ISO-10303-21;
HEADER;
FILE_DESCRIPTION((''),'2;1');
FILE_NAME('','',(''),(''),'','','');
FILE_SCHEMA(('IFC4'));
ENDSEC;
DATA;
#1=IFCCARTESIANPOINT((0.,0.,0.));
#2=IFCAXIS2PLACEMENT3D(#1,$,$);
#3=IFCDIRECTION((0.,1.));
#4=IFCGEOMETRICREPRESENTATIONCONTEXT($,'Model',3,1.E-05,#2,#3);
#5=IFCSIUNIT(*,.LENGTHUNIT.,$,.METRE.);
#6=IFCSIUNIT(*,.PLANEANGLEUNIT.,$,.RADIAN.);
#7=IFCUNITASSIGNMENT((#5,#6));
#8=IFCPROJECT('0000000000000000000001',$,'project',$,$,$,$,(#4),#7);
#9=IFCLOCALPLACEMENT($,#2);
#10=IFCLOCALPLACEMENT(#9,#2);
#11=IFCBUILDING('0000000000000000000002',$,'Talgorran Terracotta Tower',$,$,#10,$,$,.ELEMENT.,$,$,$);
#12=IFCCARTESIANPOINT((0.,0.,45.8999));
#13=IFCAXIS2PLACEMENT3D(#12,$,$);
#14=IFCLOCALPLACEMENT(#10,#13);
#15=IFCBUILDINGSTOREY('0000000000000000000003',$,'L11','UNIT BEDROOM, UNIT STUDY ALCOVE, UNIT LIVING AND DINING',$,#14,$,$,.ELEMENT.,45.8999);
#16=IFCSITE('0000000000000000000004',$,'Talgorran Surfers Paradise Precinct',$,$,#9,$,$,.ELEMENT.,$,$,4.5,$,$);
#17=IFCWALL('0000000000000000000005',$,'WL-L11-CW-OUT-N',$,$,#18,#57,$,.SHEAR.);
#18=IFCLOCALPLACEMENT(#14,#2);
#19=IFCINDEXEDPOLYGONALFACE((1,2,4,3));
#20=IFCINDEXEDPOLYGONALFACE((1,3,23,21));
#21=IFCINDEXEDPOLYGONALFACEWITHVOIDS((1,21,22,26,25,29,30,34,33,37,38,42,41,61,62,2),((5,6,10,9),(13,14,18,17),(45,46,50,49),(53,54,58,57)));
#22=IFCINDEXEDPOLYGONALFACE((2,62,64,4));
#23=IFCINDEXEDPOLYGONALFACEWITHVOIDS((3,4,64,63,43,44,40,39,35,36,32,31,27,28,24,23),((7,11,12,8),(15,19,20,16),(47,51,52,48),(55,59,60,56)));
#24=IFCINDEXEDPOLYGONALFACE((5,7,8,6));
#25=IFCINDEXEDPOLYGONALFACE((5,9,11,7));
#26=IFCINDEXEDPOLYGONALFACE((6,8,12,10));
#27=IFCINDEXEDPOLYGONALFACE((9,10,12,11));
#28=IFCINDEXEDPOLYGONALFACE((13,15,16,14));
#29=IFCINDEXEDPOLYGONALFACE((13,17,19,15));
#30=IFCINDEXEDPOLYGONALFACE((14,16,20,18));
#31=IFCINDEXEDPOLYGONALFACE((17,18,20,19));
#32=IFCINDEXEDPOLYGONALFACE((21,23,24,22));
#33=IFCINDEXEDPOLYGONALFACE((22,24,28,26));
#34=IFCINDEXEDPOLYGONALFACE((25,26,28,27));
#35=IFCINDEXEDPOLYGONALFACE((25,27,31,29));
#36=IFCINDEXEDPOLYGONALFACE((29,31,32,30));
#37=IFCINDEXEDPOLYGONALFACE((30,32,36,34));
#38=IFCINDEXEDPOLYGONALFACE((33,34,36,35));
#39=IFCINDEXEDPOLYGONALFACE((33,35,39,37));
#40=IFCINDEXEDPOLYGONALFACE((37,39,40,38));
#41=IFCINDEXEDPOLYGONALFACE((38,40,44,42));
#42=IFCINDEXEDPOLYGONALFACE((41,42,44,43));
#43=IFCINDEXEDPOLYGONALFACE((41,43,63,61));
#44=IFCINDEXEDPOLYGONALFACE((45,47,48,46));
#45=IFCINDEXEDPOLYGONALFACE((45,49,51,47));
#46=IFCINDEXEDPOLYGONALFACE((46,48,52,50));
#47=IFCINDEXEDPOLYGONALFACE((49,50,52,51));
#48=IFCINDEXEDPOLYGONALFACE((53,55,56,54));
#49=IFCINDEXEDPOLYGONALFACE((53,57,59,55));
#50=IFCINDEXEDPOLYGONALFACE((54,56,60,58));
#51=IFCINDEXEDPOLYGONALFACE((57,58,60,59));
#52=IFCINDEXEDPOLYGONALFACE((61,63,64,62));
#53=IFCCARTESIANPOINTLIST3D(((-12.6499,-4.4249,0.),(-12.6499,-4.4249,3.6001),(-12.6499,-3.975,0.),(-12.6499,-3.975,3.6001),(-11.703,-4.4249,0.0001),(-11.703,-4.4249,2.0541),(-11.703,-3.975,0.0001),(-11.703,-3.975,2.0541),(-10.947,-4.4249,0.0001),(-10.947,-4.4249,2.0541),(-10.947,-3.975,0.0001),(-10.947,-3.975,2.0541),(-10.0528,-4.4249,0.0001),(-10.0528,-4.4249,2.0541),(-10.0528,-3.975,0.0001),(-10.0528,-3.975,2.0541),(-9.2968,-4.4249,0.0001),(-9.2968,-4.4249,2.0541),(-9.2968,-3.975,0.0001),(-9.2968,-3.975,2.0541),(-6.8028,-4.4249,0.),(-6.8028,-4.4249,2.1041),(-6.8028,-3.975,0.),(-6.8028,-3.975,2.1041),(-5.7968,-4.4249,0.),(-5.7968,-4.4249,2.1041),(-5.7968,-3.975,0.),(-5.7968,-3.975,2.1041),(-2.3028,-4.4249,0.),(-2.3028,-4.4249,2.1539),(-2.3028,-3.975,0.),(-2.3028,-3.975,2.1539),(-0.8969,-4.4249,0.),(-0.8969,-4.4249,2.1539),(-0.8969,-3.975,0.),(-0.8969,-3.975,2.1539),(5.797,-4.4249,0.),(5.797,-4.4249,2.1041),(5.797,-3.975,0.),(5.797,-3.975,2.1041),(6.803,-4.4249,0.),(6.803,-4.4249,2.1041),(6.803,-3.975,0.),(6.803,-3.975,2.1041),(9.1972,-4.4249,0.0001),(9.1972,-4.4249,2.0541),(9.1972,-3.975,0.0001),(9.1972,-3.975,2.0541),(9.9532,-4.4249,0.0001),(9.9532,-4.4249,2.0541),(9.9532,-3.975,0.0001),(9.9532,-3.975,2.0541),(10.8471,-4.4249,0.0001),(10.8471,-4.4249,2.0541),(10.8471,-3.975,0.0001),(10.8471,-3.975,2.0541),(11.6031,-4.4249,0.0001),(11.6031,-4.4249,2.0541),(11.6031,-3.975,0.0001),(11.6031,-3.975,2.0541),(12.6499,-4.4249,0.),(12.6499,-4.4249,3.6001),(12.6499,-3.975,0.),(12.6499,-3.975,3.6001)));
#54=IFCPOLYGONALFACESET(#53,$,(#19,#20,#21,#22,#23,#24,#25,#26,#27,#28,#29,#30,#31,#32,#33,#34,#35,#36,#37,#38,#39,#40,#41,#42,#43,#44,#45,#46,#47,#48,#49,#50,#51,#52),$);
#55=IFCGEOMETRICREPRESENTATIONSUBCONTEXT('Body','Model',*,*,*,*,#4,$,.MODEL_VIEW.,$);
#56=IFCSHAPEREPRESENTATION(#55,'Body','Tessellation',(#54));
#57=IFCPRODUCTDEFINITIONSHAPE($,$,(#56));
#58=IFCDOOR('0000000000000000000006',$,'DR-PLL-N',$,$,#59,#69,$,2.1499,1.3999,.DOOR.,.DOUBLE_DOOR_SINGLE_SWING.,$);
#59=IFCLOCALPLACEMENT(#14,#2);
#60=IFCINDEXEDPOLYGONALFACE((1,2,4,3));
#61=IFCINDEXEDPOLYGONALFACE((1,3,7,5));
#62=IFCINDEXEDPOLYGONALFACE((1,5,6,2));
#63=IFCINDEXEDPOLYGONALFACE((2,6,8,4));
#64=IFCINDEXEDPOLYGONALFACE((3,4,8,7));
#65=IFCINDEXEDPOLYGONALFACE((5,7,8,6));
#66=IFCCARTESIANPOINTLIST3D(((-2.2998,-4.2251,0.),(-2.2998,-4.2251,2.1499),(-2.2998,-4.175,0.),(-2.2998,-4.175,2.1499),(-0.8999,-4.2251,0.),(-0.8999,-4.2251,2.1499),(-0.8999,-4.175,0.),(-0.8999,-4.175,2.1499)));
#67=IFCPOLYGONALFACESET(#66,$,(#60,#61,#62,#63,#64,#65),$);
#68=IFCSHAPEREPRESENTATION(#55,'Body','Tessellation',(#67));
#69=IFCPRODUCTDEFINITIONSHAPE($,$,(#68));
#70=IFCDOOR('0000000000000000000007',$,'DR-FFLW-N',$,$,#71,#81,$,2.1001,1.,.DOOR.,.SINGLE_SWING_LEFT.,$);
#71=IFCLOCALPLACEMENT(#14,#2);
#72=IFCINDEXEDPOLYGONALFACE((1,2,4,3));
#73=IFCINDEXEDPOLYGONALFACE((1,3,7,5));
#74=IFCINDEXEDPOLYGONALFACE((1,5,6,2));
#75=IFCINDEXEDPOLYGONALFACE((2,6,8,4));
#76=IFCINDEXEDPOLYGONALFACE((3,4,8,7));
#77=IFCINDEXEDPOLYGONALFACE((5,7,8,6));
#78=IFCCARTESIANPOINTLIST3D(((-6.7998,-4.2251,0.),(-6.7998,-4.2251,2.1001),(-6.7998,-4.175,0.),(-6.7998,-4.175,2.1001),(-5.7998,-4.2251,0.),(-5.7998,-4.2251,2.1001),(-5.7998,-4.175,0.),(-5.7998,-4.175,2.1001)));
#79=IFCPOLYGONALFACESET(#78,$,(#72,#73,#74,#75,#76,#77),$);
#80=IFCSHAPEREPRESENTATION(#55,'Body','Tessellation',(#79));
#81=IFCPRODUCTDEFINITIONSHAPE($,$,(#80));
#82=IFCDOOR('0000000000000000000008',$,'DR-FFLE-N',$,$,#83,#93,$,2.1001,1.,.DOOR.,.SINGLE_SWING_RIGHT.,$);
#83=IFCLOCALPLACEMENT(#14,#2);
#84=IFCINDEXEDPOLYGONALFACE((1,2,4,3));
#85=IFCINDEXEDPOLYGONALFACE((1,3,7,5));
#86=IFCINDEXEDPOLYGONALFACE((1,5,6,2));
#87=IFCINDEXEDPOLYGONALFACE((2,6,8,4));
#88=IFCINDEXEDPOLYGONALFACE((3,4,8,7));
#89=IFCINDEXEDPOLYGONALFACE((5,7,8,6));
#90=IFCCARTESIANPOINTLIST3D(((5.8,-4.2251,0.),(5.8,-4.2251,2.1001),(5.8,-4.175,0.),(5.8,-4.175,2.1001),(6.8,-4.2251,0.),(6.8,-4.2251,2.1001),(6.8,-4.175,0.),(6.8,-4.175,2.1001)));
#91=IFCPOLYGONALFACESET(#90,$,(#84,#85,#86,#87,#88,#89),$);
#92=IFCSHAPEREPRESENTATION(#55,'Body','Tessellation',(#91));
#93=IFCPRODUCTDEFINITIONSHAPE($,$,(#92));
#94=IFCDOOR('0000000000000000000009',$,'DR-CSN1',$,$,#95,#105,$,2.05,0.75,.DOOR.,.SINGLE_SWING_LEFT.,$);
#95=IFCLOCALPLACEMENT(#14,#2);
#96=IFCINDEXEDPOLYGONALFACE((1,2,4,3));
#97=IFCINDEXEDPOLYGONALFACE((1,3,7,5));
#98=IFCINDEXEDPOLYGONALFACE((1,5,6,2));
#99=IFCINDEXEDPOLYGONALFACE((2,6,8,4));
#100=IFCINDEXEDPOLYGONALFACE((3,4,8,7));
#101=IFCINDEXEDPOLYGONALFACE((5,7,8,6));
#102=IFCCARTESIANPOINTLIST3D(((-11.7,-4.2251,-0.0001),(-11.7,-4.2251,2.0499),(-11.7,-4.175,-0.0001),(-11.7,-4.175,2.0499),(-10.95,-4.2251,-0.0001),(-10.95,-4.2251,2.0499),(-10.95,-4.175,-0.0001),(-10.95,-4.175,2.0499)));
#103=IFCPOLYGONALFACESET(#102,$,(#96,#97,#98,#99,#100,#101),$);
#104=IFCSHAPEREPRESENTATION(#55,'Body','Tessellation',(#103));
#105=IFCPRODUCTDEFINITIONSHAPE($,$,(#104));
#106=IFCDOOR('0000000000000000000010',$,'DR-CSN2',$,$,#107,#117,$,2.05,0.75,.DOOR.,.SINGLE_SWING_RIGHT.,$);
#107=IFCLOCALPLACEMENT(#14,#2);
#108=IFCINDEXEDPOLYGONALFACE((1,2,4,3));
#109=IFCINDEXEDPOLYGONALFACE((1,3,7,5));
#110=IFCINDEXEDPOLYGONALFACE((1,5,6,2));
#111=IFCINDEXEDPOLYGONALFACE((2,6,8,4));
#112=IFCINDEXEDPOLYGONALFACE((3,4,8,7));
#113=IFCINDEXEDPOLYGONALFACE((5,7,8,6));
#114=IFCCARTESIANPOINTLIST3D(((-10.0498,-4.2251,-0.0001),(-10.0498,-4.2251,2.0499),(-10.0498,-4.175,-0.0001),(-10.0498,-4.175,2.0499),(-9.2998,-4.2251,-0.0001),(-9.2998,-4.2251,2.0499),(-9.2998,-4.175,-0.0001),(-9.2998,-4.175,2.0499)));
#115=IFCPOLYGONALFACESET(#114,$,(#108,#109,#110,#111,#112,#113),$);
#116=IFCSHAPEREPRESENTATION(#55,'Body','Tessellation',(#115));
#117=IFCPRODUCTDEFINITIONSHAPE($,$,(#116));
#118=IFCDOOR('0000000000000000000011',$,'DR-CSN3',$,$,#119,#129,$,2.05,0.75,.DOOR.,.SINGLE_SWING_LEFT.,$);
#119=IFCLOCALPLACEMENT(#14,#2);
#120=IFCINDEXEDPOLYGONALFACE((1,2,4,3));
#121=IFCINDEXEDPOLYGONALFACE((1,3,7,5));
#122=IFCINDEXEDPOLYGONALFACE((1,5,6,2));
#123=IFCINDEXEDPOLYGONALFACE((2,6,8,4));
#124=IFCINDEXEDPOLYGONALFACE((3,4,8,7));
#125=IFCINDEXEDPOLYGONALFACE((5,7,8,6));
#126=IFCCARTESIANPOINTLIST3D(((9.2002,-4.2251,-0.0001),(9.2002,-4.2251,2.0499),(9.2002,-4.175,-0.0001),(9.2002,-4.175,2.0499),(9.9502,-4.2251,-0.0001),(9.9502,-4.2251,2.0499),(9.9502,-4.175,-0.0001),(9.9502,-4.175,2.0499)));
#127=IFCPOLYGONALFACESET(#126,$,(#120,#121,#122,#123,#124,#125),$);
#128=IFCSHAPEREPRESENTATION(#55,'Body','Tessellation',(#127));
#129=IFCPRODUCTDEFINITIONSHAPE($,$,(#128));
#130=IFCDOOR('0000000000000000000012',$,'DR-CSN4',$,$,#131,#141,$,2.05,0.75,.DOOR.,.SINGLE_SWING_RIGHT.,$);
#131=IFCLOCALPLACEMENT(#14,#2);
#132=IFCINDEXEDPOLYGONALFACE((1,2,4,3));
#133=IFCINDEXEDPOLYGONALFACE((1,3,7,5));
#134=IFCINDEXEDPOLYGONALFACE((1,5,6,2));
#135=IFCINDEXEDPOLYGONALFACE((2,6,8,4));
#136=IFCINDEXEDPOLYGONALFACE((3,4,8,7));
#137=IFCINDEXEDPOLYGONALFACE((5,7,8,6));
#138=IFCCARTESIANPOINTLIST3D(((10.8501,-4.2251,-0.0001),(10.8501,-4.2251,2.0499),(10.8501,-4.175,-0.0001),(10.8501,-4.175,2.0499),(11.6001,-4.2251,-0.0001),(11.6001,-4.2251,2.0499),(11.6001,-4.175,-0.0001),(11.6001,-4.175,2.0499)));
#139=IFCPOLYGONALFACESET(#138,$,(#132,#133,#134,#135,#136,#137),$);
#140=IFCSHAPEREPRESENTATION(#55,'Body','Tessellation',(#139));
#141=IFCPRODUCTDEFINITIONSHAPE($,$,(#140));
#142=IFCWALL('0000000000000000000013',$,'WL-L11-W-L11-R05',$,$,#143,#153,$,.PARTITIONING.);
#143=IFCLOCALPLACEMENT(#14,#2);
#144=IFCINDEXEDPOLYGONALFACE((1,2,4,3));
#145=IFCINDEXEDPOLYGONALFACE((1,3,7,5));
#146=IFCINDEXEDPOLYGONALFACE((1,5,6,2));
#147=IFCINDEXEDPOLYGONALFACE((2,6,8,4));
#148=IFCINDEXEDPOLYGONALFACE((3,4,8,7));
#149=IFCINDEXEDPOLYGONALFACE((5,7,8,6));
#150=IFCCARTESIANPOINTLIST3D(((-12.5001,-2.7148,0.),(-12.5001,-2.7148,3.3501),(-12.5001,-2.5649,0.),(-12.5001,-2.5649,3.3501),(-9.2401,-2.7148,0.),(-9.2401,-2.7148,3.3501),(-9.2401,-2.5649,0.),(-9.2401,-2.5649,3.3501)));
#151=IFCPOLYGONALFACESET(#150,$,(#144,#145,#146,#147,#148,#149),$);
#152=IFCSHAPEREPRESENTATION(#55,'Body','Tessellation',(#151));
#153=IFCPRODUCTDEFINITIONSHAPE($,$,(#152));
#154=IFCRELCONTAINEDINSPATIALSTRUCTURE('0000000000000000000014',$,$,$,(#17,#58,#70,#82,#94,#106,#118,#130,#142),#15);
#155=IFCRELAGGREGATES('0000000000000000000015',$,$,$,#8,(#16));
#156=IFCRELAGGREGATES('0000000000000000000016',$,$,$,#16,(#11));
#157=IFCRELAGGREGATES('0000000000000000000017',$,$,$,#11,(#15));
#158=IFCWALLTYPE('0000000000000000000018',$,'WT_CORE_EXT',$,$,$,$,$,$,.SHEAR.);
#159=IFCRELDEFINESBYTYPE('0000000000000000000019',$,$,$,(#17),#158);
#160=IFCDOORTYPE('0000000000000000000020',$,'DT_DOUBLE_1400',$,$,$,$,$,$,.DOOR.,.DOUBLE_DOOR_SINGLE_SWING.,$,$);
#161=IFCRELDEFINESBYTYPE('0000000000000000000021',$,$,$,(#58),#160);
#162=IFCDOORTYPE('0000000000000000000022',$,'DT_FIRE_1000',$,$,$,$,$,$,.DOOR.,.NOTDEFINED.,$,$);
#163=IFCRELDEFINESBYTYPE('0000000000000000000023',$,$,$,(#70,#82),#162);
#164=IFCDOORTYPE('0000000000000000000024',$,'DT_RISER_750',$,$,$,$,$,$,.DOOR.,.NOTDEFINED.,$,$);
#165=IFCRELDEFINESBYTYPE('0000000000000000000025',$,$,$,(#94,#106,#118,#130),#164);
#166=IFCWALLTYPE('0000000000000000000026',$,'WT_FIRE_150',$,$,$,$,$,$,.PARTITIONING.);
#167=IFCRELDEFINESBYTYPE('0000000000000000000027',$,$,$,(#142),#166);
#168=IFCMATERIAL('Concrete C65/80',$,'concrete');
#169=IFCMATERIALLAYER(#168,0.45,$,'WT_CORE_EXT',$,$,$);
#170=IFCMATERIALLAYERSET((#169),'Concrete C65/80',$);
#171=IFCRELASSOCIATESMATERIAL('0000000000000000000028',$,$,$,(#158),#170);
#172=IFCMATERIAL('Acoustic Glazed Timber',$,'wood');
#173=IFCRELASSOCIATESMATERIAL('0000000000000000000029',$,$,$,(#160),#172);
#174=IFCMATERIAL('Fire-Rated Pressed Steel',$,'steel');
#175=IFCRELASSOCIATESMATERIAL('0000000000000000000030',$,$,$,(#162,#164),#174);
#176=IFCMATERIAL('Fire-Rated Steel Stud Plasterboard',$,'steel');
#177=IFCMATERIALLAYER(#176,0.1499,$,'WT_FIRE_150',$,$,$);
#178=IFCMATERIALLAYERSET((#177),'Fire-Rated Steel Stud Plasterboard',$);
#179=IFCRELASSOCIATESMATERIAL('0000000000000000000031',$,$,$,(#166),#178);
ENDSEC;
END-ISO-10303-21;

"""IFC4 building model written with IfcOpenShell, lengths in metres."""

from ifc_helpers import new_model, si_unit, direction, frame, frame_2d, origin, place, context, subcontext, project, spatial, rectangle, extrude, material, layer, layer_set, type_object, element, fill, save


model = new_model("IFC4")

# Units and contexts
model_context = context("Model", 3, precision=1e-05, world=origin(), true_north=direction((0.0, 1.0)))
body_context = subcontext(model_context, "Body", "Model", "MODEL_VIEW")
ifc_project = project(units=[si_unit("LENGTHUNIT", "METRE"), si_unit("PLANEANGLEUNIT", "RADIAN")], contexts=[model_context])

# Site, building, storey
site_placement = place(None, origin())
site = spatial("IfcSite", under=ifc_project, at=site_placement, Name="Talgorran Surfers Paradise Precinct", CompositionType="ELEMENT", RefElevation=4.5)
building_placement = place(site_placement, origin())
building = spatial("IfcBuilding", under=site, at=building_placement, Name="Talgorran Terracotta Tower", CompositionType="ELEMENT")
storey_placement = place(building_placement, frame((0.0, 0.0, 45.8999)))
storey = spatial("IfcBuildingStorey", under=building, at=storey_placement, Name="L11", Description="UNIT BEDROOM, UNIT STUDY ALCOVE, UNIT LIVING AND DINING", CompositionType="ELEMENT", Elevation=45.8999)

# Wall, openings, doors
ifc_material_1 = material(Name="Concrete C65/80", Category="concrete")
ifc_layer_1 = layer(ifc_material_1, 0.45, Name="WT_CORE_EXT")
ifc_layer_set_1 = layer_set([ifc_layer_1], Name="Concrete C65/80")
wall_type_1 = type_object("IfcWallType", Name="WT_CORE_EXT", PredefinedType="SHEAR", material=ifc_layer_set_1)
wall_1_placement = place(storey_placement, frame((-12.6499, -4.2, 0.0), z_axis=(0.0, 0.0, 1.0), x_axis=(1.0, 0.0, 0.0)))
wall_1 = element("IfcWall", 1, at=wall_1_placement, inside=storey, type_object=wall_type_1, Name="WL-L11-CW-OUT-N", PredefinedType="SHEAR", context=body_context, shape_type="SweptSolid", body=[
    extrude(rectangle(XDim=25.2998, YDim=0.45, at=frame_2d((12.6499, 0.0))), origin(), (0.0, 0.0, 1.0), 3.6001),
])
opening_1_placement = place(wall_1_placement, frame((0.95, 0.0, 0.0)))
opening_1 = element("IfcOpeningElement", 2, at=opening_1_placement, cuts=wall_1, PredefinedType="OPENING", context=body_context, shape_type="SweptSolid", body=[
    extrude(rectangle(XDim=0.756, YDim=2.054, at=frame_2d((0.375, 1.0271))), frame((0.0, 0.2349, 0.0), z_axis=(0.0, -1.0, 0.0), x_axis=(1.0, 0.0, 0.0)), (0.0, 0.0, 1.0), 0.47),
])
opening_2_placement = place(wall_1_placement, frame((2.6001, 0.0, 0.0)))
opening_2 = element("IfcOpeningElement", 3, at=opening_2_placement, cuts=wall_1, PredefinedType="OPENING", context=body_context, shape_type="SweptSolid", body=[
    extrude(rectangle(XDim=0.756, YDim=2.054, at=frame_2d((0.375, 1.0271))), frame((0.0, 0.2349, 0.0), z_axis=(0.0, -1.0, 0.0), x_axis=(1.0, 0.0, 0.0)), (0.0, 0.0, 1.0), 0.47),
])
opening_3_placement = place(wall_1_placement, frame((21.8501, 0.0, 0.0)))
opening_3 = element("IfcOpeningElement", 4, at=opening_3_placement, cuts=wall_1, PredefinedType="OPENING", context=body_context, shape_type="SweptSolid", body=[
    extrude(rectangle(XDim=0.756, YDim=2.054, at=frame_2d((0.375, 1.0271))), frame((0.0, 0.2349, 0.0), z_axis=(0.0, -1.0, 0.0), x_axis=(1.0, 0.0, 0.0)), (0.0, 0.0, 1.0), 0.47),
])
opening_4_placement = place(wall_1_placement, frame((23.5, 0.0, 0.0)))
opening_4 = element("IfcOpeningElement", 5, at=opening_4_placement, cuts=wall_1, PredefinedType="OPENING", context=body_context, shape_type="SweptSolid", body=[
    extrude(rectangle(XDim=0.756, YDim=2.054, at=frame_2d((0.375, 1.0271))), frame((0.0, 0.2349, 0.0), z_axis=(0.0, -1.0, 0.0), x_axis=(1.0, 0.0, 0.0)), (0.0, 0.0, 1.0), 0.47),
])
opening_5_placement = place(wall_1_placement, frame((5.8501, 0.0, 0.0)))
opening_5 = element("IfcOpeningElement", 6, at=opening_5_placement, cuts=wall_1, PredefinedType="OPENING", context=body_context, shape_type="SweptSolid", body=[
    extrude(rectangle(XDim=1.006, YDim=2.1041, at=frame_2d((0.5, 1.052))), frame((0.0, 0.2349, 0.0), z_axis=(0.0, -1.0, 0.0), x_axis=(1.0, 0.0, 0.0)), (0.0, 0.0, 1.0), 0.47),
])
opening_6_placement = place(wall_1_placement, frame((10.3501, 0.0, 0.0)))
opening_6 = element("IfcOpeningElement", 7, at=opening_6_placement, cuts=wall_1, PredefinedType="OPENING", context=body_context, shape_type="SweptSolid", body=[
    extrude(rectangle(XDim=1.4059, YDim=2.1539, at=frame_2d((0.7, 1.0769))), frame((0.0, 0.2349, 0.0), z_axis=(0.0, -1.0, 0.0), x_axis=(1.0, 0.0, 0.0)), (0.0, 0.0, 1.0), 0.47),
])
opening_7_placement = place(wall_1_placement, frame((18.45, 0.0, 0.0)))
opening_7 = element("IfcOpeningElement", 8, at=opening_7_placement, cuts=wall_1, PredefinedType="OPENING", context=body_context, shape_type="SweptSolid", body=[
    extrude(rectangle(XDim=1.006, YDim=2.1041, at=frame_2d((0.5, 1.052))), frame((0.0, 0.2349, 0.0), z_axis=(0.0, -1.0, 0.0), x_axis=(1.0, 0.0, 0.0)), (0.0, 0.0, 1.0), 0.47),
])
ifc_material_2 = material(Name="Acoustic Glazed Timber", Category="wood")
door_type_1 = type_object("IfcDoorType", Name="DT_DOUBLE_1400", OperationType="DOUBLE_DOOR_SINGLE_SWING", PredefinedType="DOOR", material=ifc_material_2)
door_1_placement = place(opening_6_placement, origin())
door_1 = element("IfcDoor", 9, at=door_1_placement, inside=storey, type_object=door_type_1, Name="DR-PLL-N", OperationType="DOUBLE_DOOR_SINGLE_SWING", OverallHeight=2.1499, OverallWidth=1.3999, PredefinedType="DOOR", context=body_context, shape_type="SweptSolid", body=[
    extrude(rectangle(XDim=1.3999, YDim=2.1499, at=frame_2d((0.7, 1.075))), frame((0.0, 0.0249, 0.0), z_axis=(0.0, -1.0, 0.0), x_axis=(1.0, 0.0, 0.0)), (0.0, 0.0, 1.0), 0.05),
])
fill(opening_6, door_1)
ifc_material_3 = material(Name="Fire-Rated Pressed Steel", Category="steel")
door_type_2 = type_object("IfcDoorType", Name="DT_FIRE_1000", OperationType="NOTDEFINED", PredefinedType="DOOR", material=ifc_material_3)
door_2_placement = place(opening_5_placement, origin())
door_2 = element("IfcDoor", 10, at=door_2_placement, inside=storey, type_object=door_type_2, Name="DR-FFLW-N", OperationType="SINGLE_SWING_LEFT", OverallHeight=2.1001, OverallWidth=1.0, PredefinedType="DOOR", context=body_context, shape_type="SweptSolid", body=[
    extrude(rectangle(XDim=1.0, YDim=2.1001, at=frame_2d((0.5, 1.05))), frame((0.0, 0.0249, 0.0), z_axis=(0.0, -1.0, 0.0), x_axis=(1.0, 0.0, 0.0)), (0.0, 0.0, 1.0), 0.05),
])
fill(opening_5, door_2)
door_3_placement = place(opening_7_placement, origin())
door_3 = element("IfcDoor", 11, at=door_3_placement, inside=storey, type_object=door_type_2, Name="DR-FFLE-N", OperationType="SINGLE_SWING_RIGHT", OverallHeight=2.1001, OverallWidth=1.0, PredefinedType="DOOR", context=body_context, shape_type="SweptSolid", body=[
    extrude(rectangle(XDim=1.0, YDim=2.1001, at=frame_2d((0.5, 1.05))), frame((0.0, 0.0249, 0.0), z_axis=(0.0, -1.0, 0.0), x_axis=(1.0, 0.0, 0.0)), (0.0, 0.0, 1.0), 0.05),
])
fill(opening_7, door_3)
door_type_3 = type_object("IfcDoorType", Name="DT_RISER_750", OperationType="NOTDEFINED", PredefinedType="DOOR", material=ifc_material_3)
door_4_placement = place(opening_1_placement, origin())
door_4 = element("IfcDoor", 12, at=door_4_placement, inside=storey, type_object=door_type_3, Name="DR-CSN1", OperationType="SINGLE_SWING_LEFT", OverallHeight=2.05, OverallWidth=0.75, PredefinedType="DOOR", context=body_context, shape_type="SweptSolid", body=[
    extrude(rectangle(XDim=0.75, YDim=2.05, at=frame_2d((0.375, 1.0249))), frame((0.0, 0.0249, 0.0), z_axis=(0.0, -1.0, 0.0), x_axis=(1.0, 0.0, 0.0)), (0.0, 0.0, 1.0), 0.05),
])
fill(opening_1, door_4)
door_5_placement = place(opening_2_placement, origin())
door_5 = element("IfcDoor", 13, at=door_5_placement, inside=storey, type_object=door_type_3, Name="DR-CSN2", OperationType="SINGLE_SWING_RIGHT", OverallHeight=2.05, OverallWidth=0.75, PredefinedType="DOOR", context=body_context, shape_type="SweptSolid", body=[
    extrude(rectangle(XDim=0.75, YDim=2.05, at=frame_2d((0.375, 1.0249))), frame((0.0, 0.0249, 0.0), z_axis=(0.0, -1.0, 0.0), x_axis=(1.0, 0.0, 0.0)), (0.0, 0.0, 1.0), 0.05),
])
fill(opening_2, door_5)
door_6_placement = place(opening_3_placement, origin())
door_6 = element("IfcDoor", 14, at=door_6_placement, inside=storey, type_object=door_type_3, Name="DR-CSN3", OperationType="SINGLE_SWING_LEFT", OverallHeight=2.05, OverallWidth=0.75, PredefinedType="DOOR", context=body_context, shape_type="SweptSolid", body=[
    extrude(rectangle(XDim=0.75, YDim=2.05, at=frame_2d((0.375, 1.0249))), frame((0.0, 0.0249, 0.0), z_axis=(0.0, -1.0, 0.0), x_axis=(1.0, 0.0, 0.0)), (0.0, 0.0, 1.0), 0.05),
])
fill(opening_3, door_6)
door_7_placement = place(opening_4_placement, origin())
door_7 = element("IfcDoor", 15, at=door_7_placement, inside=storey, type_object=door_type_3, Name="DR-CSN4", OperationType="SINGLE_SWING_RIGHT", OverallHeight=2.05, OverallWidth=0.75, PredefinedType="DOOR", context=body_context, shape_type="SweptSolid", body=[
    extrude(rectangle(XDim=0.75, YDim=2.05, at=frame_2d((0.375, 1.0249))), frame((0.0, 0.0249, 0.0), z_axis=(0.0, -1.0, 0.0), x_axis=(1.0, 0.0, 0.0)), (0.0, 0.0, 1.0), 0.05),
])
fill(opening_4, door_7)

# Wall
ifc_material_4 = material(Name="Fire-Rated Steel Stud Plasterboard", Category="steel")
ifc_layer_2 = layer(ifc_material_4, 0.1499, Name="WT_FIRE_150")
ifc_layer_set_2 = layer_set([ifc_layer_2], Name="Fire-Rated Steel Stud Plasterboard")
wall_type_2 = type_object("IfcWallType", Name="WT_FIRE_150", PredefinedType="PARTITIONING", material=ifc_layer_set_2)
wall_2_placement = place(storey_placement, frame((-12.5, -2.6399, 0.0), z_axis=(0.0, 0.0, 1.0), x_axis=(1.0, 0.0, 0.0)))
element("IfcWall", 16, at=wall_2_placement, inside=storey, type_object=wall_type_2, Name="WL-L11-W-L11-R05", PredefinedType="PARTITIONING", context=body_context, shape_type="SweptSolid", body=[
    extrude(rectangle(XDim=3.26, YDim=0.1499, at=frame_2d((1.6299, 0.0))), origin(), (0.0, 0.0, 1.0), 3.3501),
])

save(model, "model.ifc")
